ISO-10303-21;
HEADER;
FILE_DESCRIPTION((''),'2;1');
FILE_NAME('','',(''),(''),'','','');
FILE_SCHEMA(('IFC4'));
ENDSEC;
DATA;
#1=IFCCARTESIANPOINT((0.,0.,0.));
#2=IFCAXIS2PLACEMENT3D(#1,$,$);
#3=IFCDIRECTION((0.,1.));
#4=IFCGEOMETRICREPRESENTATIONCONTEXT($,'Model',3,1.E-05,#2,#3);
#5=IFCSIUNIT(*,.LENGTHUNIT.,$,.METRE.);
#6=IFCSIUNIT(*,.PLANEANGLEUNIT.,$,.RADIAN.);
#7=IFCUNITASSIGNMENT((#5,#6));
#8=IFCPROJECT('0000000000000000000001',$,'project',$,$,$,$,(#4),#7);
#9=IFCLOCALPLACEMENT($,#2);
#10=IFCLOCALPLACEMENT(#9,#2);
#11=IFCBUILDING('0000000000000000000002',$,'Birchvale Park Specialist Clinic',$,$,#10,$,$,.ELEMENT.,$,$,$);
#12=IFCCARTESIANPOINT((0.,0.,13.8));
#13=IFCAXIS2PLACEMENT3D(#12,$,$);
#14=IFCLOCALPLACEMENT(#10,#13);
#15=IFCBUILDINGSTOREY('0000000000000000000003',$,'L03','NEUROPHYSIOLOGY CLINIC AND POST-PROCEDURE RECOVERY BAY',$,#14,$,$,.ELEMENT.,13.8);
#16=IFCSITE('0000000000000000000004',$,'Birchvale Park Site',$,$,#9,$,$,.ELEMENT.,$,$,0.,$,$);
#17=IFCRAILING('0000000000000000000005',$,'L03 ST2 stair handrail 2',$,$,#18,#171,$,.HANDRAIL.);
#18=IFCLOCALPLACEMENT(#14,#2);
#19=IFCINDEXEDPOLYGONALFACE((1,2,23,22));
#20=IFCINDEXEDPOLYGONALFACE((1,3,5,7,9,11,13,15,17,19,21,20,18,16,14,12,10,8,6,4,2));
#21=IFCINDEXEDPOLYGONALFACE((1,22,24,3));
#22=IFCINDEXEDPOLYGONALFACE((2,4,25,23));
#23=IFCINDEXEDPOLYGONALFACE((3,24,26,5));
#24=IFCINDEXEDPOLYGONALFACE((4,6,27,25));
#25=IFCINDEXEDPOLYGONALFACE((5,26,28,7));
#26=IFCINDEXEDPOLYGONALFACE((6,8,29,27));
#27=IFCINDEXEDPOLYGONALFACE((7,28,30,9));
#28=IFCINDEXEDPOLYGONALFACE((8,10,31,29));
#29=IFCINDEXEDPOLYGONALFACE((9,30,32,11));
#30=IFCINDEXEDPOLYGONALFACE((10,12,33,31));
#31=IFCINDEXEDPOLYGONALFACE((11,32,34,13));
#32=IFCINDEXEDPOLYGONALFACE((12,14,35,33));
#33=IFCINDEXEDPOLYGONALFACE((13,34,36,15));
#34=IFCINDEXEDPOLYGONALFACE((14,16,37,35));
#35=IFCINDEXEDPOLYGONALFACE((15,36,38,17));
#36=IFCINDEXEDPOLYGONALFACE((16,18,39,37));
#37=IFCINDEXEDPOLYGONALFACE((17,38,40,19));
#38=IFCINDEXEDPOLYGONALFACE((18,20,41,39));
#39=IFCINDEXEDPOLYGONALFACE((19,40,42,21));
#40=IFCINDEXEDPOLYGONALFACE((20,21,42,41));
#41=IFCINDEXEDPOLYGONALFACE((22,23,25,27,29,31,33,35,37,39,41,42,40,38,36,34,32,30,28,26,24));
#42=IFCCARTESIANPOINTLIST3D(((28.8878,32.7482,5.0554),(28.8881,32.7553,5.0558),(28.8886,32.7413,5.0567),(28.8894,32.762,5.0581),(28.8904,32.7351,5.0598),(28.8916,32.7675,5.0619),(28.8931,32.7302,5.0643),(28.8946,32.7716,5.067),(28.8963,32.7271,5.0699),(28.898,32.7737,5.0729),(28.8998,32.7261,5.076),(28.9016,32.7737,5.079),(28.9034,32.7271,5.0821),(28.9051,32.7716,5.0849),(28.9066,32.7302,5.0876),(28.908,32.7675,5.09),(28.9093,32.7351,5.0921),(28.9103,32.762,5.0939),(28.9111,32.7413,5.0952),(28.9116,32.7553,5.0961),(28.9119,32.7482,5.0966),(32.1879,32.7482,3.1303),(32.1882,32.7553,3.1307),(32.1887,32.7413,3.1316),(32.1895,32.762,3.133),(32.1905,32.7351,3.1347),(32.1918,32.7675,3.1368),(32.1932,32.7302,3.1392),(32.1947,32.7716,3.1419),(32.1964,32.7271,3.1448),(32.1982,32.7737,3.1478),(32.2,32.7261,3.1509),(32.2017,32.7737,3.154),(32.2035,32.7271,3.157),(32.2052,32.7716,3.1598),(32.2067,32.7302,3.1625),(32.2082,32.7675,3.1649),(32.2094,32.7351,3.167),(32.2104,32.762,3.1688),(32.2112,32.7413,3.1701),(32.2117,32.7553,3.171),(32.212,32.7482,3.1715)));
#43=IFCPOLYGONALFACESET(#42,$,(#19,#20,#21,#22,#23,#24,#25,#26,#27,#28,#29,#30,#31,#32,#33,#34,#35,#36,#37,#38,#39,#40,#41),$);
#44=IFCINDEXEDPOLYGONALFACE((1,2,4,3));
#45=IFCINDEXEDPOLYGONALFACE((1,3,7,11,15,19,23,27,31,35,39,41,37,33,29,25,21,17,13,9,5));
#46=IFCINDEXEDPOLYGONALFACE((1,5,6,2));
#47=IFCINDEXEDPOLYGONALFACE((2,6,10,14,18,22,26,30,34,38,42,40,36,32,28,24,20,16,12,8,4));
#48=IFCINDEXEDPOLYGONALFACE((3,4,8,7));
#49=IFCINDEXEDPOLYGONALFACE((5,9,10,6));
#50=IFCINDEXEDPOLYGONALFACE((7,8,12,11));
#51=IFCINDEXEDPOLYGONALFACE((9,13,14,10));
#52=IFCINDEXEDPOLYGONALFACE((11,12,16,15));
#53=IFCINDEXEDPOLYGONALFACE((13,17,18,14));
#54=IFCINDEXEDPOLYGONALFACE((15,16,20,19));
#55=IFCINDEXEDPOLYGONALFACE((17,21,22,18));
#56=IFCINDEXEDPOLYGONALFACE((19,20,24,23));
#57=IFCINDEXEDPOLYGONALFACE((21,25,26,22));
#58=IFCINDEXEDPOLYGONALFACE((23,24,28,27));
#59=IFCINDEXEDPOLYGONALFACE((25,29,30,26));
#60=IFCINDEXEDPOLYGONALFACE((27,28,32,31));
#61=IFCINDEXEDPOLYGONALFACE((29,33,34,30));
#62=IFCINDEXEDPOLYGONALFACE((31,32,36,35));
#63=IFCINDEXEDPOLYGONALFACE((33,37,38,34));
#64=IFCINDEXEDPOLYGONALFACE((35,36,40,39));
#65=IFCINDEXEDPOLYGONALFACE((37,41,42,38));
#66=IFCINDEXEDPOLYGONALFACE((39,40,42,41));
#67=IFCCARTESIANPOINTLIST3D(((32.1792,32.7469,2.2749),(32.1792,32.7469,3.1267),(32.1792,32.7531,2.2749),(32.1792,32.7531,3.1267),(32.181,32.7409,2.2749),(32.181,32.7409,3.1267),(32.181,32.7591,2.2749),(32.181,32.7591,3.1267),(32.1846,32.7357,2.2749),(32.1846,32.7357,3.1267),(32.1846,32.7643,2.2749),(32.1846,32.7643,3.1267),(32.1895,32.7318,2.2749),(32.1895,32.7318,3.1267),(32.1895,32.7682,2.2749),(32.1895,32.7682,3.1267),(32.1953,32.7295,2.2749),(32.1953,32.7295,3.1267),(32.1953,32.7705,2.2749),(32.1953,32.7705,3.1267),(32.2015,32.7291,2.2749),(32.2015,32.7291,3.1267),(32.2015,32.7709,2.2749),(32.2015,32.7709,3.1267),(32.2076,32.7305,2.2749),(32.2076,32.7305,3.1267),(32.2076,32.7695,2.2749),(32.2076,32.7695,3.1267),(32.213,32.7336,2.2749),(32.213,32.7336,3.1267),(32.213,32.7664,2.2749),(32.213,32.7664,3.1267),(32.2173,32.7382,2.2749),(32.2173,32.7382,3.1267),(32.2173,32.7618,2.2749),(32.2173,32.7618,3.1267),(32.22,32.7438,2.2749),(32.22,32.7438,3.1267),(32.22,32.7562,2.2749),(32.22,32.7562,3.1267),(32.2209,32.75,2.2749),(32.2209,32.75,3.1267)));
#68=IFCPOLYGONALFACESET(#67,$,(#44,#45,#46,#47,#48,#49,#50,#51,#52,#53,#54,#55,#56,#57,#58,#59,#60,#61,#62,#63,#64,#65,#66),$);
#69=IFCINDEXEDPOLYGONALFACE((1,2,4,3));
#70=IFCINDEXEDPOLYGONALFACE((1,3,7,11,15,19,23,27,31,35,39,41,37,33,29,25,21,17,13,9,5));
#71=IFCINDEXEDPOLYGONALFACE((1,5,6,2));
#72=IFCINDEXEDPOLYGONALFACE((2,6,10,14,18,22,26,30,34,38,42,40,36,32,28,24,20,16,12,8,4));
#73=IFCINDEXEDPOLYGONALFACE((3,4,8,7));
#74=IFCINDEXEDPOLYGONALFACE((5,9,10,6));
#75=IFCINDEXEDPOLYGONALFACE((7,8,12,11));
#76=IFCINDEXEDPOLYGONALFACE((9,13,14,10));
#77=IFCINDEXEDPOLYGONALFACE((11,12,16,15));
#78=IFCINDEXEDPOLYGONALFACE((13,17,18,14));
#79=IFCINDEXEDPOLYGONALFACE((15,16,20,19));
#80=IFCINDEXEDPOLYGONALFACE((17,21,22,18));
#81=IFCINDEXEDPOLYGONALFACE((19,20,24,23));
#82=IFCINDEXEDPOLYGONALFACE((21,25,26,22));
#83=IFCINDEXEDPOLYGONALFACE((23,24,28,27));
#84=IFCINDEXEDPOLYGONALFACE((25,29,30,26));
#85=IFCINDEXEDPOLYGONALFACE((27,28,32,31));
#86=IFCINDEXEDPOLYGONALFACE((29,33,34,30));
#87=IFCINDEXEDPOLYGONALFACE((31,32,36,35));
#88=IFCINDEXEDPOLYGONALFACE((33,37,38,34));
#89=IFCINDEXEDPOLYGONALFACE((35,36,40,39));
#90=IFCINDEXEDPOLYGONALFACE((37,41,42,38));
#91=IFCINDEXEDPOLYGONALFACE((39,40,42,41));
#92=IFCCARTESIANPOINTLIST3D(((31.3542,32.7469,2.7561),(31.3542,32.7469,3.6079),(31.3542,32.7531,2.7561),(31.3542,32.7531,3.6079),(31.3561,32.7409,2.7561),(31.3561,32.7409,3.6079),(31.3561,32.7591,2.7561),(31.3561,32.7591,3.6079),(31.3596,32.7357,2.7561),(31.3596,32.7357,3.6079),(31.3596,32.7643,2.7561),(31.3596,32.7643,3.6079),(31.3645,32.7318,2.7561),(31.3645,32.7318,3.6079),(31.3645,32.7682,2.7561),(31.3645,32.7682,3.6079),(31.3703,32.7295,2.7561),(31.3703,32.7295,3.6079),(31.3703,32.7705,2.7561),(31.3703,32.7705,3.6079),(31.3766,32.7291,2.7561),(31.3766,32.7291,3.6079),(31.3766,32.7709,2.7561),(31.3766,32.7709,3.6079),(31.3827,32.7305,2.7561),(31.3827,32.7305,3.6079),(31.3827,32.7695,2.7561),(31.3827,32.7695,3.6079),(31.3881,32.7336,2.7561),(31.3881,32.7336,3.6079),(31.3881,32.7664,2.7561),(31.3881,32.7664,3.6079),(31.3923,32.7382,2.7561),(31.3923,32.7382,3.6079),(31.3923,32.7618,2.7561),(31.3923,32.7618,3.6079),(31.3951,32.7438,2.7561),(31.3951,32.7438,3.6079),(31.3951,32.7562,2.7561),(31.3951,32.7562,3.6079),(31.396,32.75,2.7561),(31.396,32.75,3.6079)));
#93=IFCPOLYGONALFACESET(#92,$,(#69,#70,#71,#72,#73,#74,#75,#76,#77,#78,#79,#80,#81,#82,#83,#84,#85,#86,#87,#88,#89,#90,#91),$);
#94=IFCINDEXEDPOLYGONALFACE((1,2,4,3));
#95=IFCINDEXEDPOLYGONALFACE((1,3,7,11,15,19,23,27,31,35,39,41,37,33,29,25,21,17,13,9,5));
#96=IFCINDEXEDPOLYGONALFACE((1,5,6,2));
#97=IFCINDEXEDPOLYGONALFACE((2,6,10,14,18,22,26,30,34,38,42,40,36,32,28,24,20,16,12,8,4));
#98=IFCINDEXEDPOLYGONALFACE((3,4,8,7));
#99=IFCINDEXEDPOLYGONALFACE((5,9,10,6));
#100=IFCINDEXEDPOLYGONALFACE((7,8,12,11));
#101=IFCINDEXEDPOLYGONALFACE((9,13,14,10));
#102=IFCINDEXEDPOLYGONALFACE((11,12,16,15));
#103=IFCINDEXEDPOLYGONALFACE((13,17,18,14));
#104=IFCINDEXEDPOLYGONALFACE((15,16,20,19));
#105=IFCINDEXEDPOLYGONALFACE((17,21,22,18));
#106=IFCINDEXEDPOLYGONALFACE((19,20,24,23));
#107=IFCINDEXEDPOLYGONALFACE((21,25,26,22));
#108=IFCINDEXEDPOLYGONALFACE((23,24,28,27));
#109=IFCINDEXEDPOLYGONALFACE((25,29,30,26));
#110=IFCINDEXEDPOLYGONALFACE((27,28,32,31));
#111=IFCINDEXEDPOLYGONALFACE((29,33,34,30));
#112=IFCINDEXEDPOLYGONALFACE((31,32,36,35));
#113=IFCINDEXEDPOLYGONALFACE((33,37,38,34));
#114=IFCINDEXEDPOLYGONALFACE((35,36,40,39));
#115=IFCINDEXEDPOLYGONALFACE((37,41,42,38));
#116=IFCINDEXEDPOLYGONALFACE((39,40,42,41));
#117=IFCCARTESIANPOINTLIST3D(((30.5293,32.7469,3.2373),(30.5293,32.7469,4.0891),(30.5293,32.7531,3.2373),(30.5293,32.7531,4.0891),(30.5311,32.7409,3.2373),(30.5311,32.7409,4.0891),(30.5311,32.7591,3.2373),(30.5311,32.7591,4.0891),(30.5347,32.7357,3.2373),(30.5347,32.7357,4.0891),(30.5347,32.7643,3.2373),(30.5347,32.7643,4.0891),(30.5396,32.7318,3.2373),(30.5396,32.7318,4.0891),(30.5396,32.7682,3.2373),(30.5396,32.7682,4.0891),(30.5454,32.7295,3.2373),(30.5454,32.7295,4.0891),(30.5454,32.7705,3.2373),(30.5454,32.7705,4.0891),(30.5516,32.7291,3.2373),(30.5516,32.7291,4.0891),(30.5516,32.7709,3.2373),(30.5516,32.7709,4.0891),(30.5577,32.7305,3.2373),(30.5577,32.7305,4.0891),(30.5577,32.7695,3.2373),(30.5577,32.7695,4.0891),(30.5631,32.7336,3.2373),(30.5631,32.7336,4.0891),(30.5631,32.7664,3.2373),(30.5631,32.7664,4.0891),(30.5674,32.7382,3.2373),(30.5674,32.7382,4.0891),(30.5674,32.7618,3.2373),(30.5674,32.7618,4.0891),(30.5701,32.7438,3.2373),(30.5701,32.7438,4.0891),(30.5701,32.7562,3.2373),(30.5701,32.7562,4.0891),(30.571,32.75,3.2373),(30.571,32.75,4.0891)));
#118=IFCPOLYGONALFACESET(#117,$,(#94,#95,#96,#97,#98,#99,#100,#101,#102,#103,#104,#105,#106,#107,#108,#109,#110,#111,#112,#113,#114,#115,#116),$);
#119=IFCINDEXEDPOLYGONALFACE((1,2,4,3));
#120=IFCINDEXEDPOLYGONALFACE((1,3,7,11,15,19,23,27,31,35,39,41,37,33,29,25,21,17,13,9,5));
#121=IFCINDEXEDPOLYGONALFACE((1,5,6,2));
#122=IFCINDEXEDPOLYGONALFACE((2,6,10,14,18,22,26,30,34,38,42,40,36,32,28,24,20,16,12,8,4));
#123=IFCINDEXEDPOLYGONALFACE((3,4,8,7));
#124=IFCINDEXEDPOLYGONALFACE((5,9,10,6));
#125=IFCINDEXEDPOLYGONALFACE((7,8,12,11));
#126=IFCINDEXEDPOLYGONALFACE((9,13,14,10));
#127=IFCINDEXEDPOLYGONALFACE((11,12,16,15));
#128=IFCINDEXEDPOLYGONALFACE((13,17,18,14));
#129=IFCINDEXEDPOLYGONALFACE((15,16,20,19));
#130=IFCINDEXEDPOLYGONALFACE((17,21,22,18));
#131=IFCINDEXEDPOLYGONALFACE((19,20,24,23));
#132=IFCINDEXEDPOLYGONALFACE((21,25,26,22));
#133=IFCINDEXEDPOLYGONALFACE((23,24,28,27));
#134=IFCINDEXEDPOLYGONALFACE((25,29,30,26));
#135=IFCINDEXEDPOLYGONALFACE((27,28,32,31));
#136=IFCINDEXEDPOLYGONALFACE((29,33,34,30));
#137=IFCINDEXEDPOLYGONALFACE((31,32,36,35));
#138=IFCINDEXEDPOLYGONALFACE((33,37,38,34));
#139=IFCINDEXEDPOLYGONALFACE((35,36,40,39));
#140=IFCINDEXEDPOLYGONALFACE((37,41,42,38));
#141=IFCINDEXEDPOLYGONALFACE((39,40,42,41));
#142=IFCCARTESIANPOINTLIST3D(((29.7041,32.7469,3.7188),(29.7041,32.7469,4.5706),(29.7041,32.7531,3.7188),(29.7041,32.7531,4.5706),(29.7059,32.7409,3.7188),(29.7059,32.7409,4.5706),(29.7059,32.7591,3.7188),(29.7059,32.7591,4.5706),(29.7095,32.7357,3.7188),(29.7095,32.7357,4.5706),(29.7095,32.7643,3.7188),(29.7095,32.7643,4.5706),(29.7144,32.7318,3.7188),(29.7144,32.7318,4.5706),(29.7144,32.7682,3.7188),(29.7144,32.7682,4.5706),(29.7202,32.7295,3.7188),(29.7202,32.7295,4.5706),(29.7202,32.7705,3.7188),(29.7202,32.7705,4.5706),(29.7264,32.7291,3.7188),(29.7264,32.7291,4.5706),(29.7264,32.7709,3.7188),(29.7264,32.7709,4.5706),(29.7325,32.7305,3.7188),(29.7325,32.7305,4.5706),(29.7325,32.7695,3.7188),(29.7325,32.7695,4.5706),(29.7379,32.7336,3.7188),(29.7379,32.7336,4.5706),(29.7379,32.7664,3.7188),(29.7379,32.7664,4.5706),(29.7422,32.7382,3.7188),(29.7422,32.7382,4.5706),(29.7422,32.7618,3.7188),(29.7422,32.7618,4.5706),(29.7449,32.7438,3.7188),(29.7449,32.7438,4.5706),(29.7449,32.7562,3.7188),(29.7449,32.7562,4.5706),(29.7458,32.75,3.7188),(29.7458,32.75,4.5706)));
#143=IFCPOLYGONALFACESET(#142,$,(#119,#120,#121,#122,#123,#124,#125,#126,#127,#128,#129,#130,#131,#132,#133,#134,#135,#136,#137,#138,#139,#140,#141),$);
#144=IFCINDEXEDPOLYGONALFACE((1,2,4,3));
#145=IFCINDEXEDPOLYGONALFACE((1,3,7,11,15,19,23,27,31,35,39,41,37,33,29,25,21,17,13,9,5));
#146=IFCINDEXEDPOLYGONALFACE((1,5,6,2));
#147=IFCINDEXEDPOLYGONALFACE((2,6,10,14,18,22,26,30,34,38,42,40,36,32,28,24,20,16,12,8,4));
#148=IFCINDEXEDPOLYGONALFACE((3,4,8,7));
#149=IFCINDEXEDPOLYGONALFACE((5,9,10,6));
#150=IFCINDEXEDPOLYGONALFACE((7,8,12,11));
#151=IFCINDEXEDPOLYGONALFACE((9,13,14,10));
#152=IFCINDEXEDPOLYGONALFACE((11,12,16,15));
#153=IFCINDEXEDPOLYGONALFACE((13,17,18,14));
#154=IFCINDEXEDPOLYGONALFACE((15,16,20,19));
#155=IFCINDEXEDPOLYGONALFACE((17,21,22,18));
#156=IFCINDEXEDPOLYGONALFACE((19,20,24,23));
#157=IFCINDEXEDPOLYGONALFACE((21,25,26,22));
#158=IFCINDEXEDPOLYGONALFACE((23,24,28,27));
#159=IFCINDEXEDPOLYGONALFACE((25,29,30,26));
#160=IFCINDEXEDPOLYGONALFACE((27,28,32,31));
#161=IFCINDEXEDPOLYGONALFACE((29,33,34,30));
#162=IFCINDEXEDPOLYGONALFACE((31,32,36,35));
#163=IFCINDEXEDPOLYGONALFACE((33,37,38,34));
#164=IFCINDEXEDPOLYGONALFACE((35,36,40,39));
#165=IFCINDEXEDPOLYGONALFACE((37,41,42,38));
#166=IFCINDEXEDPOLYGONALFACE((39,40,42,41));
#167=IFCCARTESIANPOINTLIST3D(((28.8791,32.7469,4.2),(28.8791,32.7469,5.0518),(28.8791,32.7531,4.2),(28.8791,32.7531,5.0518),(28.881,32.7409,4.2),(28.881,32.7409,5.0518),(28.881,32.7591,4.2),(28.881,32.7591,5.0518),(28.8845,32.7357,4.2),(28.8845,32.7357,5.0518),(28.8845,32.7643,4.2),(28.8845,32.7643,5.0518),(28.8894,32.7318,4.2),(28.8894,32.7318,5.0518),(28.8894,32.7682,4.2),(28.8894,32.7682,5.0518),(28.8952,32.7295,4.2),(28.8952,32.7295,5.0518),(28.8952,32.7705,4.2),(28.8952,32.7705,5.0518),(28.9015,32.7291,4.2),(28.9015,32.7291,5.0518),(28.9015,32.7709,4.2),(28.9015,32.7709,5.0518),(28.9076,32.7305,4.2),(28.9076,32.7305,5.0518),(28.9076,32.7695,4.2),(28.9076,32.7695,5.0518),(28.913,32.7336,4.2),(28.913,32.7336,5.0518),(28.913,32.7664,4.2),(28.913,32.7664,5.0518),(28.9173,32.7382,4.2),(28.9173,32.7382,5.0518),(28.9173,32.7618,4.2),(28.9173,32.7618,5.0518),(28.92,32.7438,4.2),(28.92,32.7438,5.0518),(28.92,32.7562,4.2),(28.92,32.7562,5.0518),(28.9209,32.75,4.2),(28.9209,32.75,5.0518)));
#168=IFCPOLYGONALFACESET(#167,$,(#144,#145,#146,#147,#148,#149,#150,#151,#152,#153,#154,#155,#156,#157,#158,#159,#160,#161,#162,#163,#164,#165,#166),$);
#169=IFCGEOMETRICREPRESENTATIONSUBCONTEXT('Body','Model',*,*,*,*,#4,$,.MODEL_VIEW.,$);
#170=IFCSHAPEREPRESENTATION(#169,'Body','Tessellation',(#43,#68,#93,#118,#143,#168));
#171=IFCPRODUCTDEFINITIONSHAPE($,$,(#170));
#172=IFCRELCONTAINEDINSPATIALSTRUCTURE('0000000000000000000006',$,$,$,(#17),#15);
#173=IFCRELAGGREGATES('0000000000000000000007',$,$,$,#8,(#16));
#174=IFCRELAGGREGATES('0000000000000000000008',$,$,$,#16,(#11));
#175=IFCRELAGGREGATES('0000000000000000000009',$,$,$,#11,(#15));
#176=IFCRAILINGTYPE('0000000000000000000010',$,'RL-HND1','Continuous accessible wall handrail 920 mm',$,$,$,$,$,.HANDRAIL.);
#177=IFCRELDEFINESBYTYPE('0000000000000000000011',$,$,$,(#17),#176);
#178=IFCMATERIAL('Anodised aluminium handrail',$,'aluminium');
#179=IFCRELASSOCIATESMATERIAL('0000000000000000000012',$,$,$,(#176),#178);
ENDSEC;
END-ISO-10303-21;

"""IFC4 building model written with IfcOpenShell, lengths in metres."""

from ifc_helpers import new_model, si_unit, direction, frame, origin, origin_2d, place, context, subcontext, project, spatial, circle, extrude, material, type_object, element, save


model = new_model("IFC4")

# Units and contexts
model_context = context("Model", 3, precision=1e-05, world=origin(), true_north=direction((0.0, 1.0)))
body_context = subcontext(model_context, "Body", "Model", "MODEL_VIEW")
ifc_project = project(units=[si_unit("LENGTHUNIT", "METRE"), si_unit("PLANEANGLEUNIT", "RADIAN")], contexts=[model_context])

# Site, building, storey
site_placement = place(None, origin())
site = spatial("IfcSite", under=ifc_project, at=site_placement, Name="Birchvale Park Site", CompositionType="ELEMENT", RefElevation=0.0)
building_placement = place(site_placement, origin())
building = spatial("IfcBuilding", under=site, at=building_placement, Name="Birchvale Park Specialist Clinic", CompositionType="ELEMENT")
storey_placement = place(building_placement, frame((0.0, 0.0, 13.8)))
storey = spatial("IfcBuildingStorey", under=building, at=storey_placement, Name="L03", Description="NEUROPHYSIOLOGY CLINIC AND POST-PROCEDURE RECOVERY BAY", CompositionType="ELEMENT", Elevation=13.8)

# Railing
ifc_material_1 = material(Name="Anodised aluminium handrail", Category="aluminium")
railing_type_1 = type_object("IfcRailingType", Name="RL-HND1", Description="Continuous accessible wall handrail 920 mm", PredefinedType="HANDRAIL", material=ifc_material_1)
railing_1_placement = place(storey_placement, frame((32.2, 32.75, 2.2749)))
element("IfcRailing", 1, at=railing_1_placement, inside=storey, type_object=railing_type_1, Name="L03 ST2 stair handrail 2", PredefinedType="HANDRAIL", context=body_context, shape_type="SweptSolid", body=[
    extrude(circle(Radius=0.0239, at=origin_2d()), frame((0.0, 0.0, 0.876), z_axis=(-0.863777, 0.0, 0.503875), x_axis=(0.0, -1.0, 0.0)), (0.0, 0.0, 1.0), 3.8206),
    extrude(circle(Radius=0.021, at=origin_2d()), origin(), (0.0, 0.0, 1.0), 0.8518),
    extrude(circle(Radius=0.021, at=origin_2d()), frame((-0.825, 0.0, 0.4812)), (0.0, 0.0, 1.0), 0.8518),
    extrude(circle(Radius=0.021, at=origin_2d()), frame((-1.6499, 0.0, 0.9624)), (0.0, 0.0, 1.0), 0.8518),
    extrude(circle(Radius=0.021, at=origin_2d()), frame((-2.4751, 0.0, 1.4438)), (0.0, 0.0, 1.0), 0.8518),
    extrude(circle(Radius=0.021, at=origin_2d()), frame((-3.3, 0.0, 1.925)), (0.0, 0.0, 1.0), 0.8518),
])

save(model, "model.ifc")
